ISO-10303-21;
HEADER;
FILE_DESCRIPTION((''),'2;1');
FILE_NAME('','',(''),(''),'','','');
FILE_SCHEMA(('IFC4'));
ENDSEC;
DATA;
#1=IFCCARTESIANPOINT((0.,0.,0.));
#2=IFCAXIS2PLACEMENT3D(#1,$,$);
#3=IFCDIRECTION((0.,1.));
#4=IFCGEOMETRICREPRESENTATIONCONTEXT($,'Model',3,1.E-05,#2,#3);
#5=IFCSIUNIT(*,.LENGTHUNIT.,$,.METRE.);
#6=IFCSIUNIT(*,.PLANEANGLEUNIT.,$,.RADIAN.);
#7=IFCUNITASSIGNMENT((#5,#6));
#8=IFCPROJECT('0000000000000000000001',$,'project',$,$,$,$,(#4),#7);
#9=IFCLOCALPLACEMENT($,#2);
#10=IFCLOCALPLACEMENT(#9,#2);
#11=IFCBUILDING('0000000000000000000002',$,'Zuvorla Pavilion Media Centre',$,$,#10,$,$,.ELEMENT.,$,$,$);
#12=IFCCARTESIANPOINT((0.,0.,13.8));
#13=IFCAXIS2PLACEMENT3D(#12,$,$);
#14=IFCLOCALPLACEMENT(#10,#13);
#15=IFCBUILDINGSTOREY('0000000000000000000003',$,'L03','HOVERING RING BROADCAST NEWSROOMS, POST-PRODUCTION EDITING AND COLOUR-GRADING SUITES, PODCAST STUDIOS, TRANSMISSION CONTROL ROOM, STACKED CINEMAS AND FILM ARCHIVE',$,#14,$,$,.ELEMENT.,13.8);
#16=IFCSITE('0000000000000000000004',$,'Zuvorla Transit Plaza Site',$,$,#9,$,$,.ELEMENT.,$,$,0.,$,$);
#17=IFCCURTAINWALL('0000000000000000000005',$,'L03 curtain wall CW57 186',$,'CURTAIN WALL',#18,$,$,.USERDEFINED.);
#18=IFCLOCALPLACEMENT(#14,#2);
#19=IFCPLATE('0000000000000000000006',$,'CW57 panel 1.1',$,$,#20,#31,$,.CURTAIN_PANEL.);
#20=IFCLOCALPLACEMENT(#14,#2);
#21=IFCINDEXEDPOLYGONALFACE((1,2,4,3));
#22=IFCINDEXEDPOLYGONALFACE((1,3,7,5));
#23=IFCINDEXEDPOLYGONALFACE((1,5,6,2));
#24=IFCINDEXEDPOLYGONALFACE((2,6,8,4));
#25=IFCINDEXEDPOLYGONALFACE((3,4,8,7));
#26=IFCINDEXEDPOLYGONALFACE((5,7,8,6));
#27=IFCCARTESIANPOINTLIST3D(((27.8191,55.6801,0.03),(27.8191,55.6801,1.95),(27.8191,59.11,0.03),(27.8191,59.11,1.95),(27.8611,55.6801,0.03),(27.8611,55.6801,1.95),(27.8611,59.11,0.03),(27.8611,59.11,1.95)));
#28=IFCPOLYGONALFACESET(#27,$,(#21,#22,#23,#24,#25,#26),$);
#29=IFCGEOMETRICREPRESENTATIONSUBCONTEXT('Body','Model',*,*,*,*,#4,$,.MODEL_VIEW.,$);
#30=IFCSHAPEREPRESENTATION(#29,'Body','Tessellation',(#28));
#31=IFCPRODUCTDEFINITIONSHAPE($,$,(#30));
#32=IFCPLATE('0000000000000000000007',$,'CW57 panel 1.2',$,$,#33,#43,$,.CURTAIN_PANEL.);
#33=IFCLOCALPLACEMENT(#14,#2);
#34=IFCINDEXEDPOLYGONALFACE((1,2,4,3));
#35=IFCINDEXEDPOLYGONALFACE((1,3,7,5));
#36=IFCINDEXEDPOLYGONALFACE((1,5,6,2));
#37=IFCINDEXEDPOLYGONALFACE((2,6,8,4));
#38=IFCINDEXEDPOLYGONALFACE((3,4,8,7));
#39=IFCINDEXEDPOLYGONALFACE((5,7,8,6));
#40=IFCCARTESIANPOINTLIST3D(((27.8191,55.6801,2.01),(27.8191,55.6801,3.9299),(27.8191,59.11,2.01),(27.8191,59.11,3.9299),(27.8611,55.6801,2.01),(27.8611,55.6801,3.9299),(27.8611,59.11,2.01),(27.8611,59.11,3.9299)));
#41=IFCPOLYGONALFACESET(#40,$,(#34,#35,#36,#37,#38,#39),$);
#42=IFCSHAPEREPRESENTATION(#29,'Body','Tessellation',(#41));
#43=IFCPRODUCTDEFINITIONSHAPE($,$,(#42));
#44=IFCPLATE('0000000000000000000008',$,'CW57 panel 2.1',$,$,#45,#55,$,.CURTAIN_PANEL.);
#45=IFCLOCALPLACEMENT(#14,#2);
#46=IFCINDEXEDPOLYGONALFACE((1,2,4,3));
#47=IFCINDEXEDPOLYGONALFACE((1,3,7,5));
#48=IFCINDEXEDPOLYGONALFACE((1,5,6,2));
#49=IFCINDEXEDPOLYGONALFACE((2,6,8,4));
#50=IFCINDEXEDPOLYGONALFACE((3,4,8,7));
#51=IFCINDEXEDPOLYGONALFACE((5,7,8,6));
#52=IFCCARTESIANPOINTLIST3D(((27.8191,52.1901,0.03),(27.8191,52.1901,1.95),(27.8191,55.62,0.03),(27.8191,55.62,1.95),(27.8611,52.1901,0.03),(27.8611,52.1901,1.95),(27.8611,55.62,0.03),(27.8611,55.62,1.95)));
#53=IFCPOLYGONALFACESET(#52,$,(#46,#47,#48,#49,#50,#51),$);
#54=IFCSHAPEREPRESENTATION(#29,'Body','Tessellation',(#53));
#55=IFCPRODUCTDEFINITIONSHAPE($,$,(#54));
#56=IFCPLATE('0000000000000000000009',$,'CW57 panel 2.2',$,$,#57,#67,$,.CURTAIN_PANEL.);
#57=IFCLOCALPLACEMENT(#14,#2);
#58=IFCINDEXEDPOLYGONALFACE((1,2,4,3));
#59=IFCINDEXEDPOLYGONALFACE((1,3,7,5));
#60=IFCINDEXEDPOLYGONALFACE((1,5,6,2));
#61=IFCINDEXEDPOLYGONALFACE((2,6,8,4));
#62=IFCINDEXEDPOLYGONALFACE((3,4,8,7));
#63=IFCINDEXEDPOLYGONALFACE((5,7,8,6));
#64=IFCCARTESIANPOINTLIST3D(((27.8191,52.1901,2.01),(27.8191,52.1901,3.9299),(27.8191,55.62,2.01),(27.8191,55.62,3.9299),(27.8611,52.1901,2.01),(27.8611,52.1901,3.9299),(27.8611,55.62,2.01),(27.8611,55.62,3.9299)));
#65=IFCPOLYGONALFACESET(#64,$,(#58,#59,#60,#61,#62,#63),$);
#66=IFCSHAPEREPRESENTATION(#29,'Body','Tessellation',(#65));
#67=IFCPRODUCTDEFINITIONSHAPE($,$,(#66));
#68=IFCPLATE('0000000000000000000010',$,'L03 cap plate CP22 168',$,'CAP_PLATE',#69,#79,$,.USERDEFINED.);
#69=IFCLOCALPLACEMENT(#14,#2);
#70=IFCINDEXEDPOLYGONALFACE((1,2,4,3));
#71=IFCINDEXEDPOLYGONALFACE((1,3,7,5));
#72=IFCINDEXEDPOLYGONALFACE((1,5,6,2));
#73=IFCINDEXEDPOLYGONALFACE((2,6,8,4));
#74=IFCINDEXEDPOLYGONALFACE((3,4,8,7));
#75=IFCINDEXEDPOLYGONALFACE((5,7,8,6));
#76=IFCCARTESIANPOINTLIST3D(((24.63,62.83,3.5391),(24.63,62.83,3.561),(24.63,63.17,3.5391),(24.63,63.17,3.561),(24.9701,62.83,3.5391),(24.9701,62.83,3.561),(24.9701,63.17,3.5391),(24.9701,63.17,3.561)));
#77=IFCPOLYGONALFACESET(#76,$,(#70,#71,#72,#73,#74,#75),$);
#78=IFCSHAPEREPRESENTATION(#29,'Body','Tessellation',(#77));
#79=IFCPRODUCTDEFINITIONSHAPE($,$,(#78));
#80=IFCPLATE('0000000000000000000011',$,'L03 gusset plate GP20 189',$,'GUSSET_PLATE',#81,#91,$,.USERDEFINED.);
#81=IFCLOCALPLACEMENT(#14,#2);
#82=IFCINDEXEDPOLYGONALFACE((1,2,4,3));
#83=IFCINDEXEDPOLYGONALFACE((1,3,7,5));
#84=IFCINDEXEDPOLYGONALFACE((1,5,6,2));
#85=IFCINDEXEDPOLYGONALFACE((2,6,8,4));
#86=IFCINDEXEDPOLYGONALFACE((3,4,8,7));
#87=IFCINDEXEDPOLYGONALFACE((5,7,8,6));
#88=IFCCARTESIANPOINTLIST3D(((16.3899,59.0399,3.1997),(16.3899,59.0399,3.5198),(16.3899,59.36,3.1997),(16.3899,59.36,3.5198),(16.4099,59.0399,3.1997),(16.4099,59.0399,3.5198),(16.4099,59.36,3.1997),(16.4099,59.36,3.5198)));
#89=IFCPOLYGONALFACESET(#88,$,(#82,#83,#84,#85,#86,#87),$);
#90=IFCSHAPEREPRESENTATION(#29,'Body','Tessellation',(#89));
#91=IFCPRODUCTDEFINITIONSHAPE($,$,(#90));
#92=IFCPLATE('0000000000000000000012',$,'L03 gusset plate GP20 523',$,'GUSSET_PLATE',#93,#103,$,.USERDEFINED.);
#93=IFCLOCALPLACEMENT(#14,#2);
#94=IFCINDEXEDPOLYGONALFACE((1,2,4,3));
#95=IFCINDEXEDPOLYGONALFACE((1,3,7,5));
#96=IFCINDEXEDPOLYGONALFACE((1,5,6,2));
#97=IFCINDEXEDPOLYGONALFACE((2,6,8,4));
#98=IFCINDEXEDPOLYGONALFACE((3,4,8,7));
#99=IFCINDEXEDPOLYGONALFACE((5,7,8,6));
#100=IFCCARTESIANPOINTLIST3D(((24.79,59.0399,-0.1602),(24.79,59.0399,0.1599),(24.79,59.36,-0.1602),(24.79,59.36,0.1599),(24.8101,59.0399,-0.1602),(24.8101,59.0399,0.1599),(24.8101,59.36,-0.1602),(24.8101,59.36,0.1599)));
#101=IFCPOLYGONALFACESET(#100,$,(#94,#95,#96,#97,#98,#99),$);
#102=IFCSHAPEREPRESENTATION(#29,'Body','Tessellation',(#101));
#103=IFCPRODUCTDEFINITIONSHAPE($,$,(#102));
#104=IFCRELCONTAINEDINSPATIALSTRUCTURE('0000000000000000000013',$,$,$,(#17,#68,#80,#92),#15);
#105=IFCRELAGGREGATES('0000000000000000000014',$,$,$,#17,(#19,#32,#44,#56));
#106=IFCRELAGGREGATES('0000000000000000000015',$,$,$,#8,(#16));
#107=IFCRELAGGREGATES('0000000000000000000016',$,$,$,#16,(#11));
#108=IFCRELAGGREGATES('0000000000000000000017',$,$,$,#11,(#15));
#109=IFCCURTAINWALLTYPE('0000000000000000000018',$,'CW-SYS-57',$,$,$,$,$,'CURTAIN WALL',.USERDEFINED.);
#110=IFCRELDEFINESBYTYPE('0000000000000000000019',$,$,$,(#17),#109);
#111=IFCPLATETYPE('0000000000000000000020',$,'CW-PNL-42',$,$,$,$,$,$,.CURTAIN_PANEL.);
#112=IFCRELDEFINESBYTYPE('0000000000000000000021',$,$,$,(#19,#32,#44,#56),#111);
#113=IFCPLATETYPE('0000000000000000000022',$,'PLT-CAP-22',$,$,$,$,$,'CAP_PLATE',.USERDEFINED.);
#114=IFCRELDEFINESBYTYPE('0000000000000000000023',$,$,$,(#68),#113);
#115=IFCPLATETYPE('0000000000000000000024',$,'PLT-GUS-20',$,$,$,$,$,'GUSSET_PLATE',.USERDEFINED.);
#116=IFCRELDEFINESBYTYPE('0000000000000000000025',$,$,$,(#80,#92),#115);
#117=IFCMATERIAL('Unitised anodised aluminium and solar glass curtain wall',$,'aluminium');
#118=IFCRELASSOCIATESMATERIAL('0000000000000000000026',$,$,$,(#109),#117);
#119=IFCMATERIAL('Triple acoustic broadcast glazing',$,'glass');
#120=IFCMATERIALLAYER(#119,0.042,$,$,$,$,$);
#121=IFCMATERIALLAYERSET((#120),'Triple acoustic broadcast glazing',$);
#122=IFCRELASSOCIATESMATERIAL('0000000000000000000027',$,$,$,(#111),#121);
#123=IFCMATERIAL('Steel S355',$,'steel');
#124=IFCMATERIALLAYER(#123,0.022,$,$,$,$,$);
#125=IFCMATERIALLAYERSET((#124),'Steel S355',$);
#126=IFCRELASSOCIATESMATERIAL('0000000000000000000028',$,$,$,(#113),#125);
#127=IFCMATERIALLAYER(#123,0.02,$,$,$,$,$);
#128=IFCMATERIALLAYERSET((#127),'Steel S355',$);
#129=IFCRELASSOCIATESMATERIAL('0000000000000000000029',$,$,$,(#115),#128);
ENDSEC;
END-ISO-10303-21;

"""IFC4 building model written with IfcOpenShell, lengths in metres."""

from ifc_helpers import new_model, si_unit, direction, frame, origin, origin_2d, place, context, subcontext, project, spatial, rectangle, extrude, material, layer, layer_set, type_object, element, aggregate, save


model = new_model("IFC4")

# Units and contexts
model_context = context("Model", 3, precision=1e-05, world=origin(), true_north=direction((0.0, 1.0)))
body_context = subcontext(model_context, "Body", "Model", "MODEL_VIEW")
ifc_project = project(units=[si_unit("LENGTHUNIT", "METRE"), si_unit("PLANEANGLEUNIT", "RADIAN")], contexts=[model_context])

# Site, building, storey
site_placement = place(None, origin())
site = spatial("IfcSite", under=ifc_project, at=site_placement, Name="Zuvorla Transit Plaza Site", CompositionType="ELEMENT", RefElevation=0.0)
building_placement = place(site_placement, origin())
building = spatial("IfcBuilding", under=site, at=building_placement, Name="Zuvorla Pavilion Media Centre", CompositionType="ELEMENT")
storey_placement = place(building_placement, frame((0.0, 0.0, 13.8)))
storey = spatial("IfcBuildingStorey", under=building, at=storey_placement, Name="L03", Description="HOVERING RING BROADCAST NEWSROOMS, POST-PRODUCTION EDITING AND COLOUR-GRADING SUITES, PODCAST STUDIOS, TRANSMISSION CONTROL ROOM, STACKED CINEMAS AND FILM ARCHIVE", CompositionType="ELEMENT", Elevation=13.8)

# Shared definitions
ifc_material_1 = material(Name="Steel S355", Category="steel")

# Curtain wall
ifc_material_2 = material(Name="Unitised anodised aluminium and solar glass curtain wall", Category="aluminium")
curtain_wall_type_1 = type_object("IfcCurtainWallType", Name="CW-SYS-57", ElementType="CURTAIN WALL", PredefinedType="USERDEFINED", material=ifc_material_2)
curtain_wall_1_placement = place(storey_placement, origin())
curtain_wall_1 = element("IfcCurtainWall", 1, at=curtain_wall_1_placement, inside=storey, type_object=curtain_wall_type_1, Name="L03 curtain wall CW57 186", ObjectType="CURTAIN WALL", PredefinedType="USERDEFINED")

# Plates
ifc_material_3 = material(Name="Triple acoustic broadcast glazing", Category="glass")
ifc_layer_1 = layer(ifc_material_3, 0.042)
ifc_layer_set_1 = layer_set([ifc_layer_1], Name="Triple acoustic broadcast glazing")
plate_type_1 = type_object("IfcPlateType", Name="CW-PNL-42", PredefinedType="CURTAIN_PANEL", material=ifc_layer_set_1)
plate_1_placement = place(storey_placement, frame((27.8401, 57.395, 0.03), z_axis=(0.0, 0.0, 1.0), x_axis=(0.0, -1.0, 0.0)))
plate_1 = element("IfcPlate", 2, at=plate_1_placement, type_object=plate_type_1, Name="CW57 panel 1.1", PredefinedType="CURTAIN_PANEL", context=body_context, shape_type="SweptSolid", body=[
    extrude(rectangle(XDim=3.4299, YDim=0.042, at=origin_2d()), origin(), (0.0, 0.0, 1.0), 1.9199),
])
plate_2_placement = place(storey_placement, frame((27.8401, 57.395, 2.01), z_axis=(0.0, 0.0, 1.0), x_axis=(0.0, -1.0, 0.0)))
plate_2 = element("IfcPlate", 3, at=plate_2_placement, type_object=plate_type_1, Name="CW57 panel 1.2", PredefinedType="CURTAIN_PANEL", context=body_context, shape_type="SweptSolid", body=[
    extrude(rectangle(XDim=3.4299, YDim=0.042, at=origin_2d()), origin(), (0.0, 0.0, 1.0), 1.9199),
])
plate_3_placement = place(storey_placement, frame((27.8401, 53.905, 0.03), z_axis=(0.0, 0.0, 1.0), x_axis=(0.0, -1.0, 0.0)))
plate_3 = element("IfcPlate", 4, at=plate_3_placement, type_object=plate_type_1, Name="CW57 panel 2.1", PredefinedType="CURTAIN_PANEL", context=body_context, shape_type="SweptSolid", body=[
    extrude(rectangle(XDim=3.4299, YDim=0.042, at=origin_2d()), origin(), (0.0, 0.0, 1.0), 1.9199),
])
plate_4_placement = place(storey_placement, frame((27.8401, 53.905, 2.01), z_axis=(0.0, 0.0, 1.0), x_axis=(0.0, -1.0, 0.0)))
plate_4 = element("IfcPlate", 5, at=plate_4_placement, type_object=plate_type_1, Name="CW57 panel 2.2", PredefinedType="CURTAIN_PANEL", context=body_context, shape_type="SweptSolid", body=[
    extrude(rectangle(XDim=3.4299, YDim=0.042, at=origin_2d()), origin(), (0.0, 0.0, 1.0), 1.9199),
])
aggregate(curtain_wall_1, [plate_1, plate_2, plate_3, plate_4])

# Plates
ifc_layer_2 = layer(ifc_material_1, 0.022)
ifc_layer_set_2 = layer_set([ifc_layer_2], Name="Steel S355")
plate_type_2 = type_object("IfcPlateType", Name="PLT-CAP-22", ElementType="CAP_PLATE", PredefinedType="USERDEFINED", material=ifc_layer_set_2)
plate_5_placement = place(storey_placement, frame((24.8, 63.0, 3.5391), z_axis=(0.0, 0.0, 1.0), x_axis=(1.0, 0.0, 0.0)))
element("IfcPlate", 6, at=plate_5_placement, inside=storey, type_object=plate_type_2, Name="L03 cap plate CP22 168", ObjectType="CAP_PLATE", PredefinedType="USERDEFINED", context=body_context, shape_type="SweptSolid", body=[
    extrude(rectangle(XDim=0.3401, YDim=0.3401, at=origin_2d()), origin(), (0.0, 0.0, 1.0), 0.022),
])
ifc_layer_3 = layer(ifc_material_1, 0.02)
ifc_layer_set_3 = layer_set([ifc_layer_3], Name="Steel S355")
plate_type_3 = type_object("IfcPlateType", Name="PLT-GUS-20", ElementType="GUSSET_PLATE", PredefinedType="USERDEFINED", material=ifc_layer_set_3)
for number, where, z_axis, x_axis, name in (
    (7, (16.3999, 59.2, 3.1997), (0.0, 0.0, 1.0), (1.0, 0.0, 0.0), "L03 gusset plate GP20 189"),
    (8, (24.8, 59.2, -0.1602), (0.0, 0.0, 1.0), (1.0, 0.0, 0.0), "L03 gusset plate GP20 523"),
):
    element("IfcPlate", number, at=place(storey_placement, frame(where, z_axis=z_axis, x_axis=x_axis)), inside=storey, type_object=plate_type_3, Name=name, ObjectType="GUSSET_PLATE", PredefinedType="USERDEFINED", context=body_context, shape_type="SweptSolid", body=[
        extrude(rectangle(XDim=0.02, YDim=0.3201, at=origin_2d()), origin(), (0.0, 0.0, 1.0), 0.3201),
    ])

save(model, "model.ifc")
